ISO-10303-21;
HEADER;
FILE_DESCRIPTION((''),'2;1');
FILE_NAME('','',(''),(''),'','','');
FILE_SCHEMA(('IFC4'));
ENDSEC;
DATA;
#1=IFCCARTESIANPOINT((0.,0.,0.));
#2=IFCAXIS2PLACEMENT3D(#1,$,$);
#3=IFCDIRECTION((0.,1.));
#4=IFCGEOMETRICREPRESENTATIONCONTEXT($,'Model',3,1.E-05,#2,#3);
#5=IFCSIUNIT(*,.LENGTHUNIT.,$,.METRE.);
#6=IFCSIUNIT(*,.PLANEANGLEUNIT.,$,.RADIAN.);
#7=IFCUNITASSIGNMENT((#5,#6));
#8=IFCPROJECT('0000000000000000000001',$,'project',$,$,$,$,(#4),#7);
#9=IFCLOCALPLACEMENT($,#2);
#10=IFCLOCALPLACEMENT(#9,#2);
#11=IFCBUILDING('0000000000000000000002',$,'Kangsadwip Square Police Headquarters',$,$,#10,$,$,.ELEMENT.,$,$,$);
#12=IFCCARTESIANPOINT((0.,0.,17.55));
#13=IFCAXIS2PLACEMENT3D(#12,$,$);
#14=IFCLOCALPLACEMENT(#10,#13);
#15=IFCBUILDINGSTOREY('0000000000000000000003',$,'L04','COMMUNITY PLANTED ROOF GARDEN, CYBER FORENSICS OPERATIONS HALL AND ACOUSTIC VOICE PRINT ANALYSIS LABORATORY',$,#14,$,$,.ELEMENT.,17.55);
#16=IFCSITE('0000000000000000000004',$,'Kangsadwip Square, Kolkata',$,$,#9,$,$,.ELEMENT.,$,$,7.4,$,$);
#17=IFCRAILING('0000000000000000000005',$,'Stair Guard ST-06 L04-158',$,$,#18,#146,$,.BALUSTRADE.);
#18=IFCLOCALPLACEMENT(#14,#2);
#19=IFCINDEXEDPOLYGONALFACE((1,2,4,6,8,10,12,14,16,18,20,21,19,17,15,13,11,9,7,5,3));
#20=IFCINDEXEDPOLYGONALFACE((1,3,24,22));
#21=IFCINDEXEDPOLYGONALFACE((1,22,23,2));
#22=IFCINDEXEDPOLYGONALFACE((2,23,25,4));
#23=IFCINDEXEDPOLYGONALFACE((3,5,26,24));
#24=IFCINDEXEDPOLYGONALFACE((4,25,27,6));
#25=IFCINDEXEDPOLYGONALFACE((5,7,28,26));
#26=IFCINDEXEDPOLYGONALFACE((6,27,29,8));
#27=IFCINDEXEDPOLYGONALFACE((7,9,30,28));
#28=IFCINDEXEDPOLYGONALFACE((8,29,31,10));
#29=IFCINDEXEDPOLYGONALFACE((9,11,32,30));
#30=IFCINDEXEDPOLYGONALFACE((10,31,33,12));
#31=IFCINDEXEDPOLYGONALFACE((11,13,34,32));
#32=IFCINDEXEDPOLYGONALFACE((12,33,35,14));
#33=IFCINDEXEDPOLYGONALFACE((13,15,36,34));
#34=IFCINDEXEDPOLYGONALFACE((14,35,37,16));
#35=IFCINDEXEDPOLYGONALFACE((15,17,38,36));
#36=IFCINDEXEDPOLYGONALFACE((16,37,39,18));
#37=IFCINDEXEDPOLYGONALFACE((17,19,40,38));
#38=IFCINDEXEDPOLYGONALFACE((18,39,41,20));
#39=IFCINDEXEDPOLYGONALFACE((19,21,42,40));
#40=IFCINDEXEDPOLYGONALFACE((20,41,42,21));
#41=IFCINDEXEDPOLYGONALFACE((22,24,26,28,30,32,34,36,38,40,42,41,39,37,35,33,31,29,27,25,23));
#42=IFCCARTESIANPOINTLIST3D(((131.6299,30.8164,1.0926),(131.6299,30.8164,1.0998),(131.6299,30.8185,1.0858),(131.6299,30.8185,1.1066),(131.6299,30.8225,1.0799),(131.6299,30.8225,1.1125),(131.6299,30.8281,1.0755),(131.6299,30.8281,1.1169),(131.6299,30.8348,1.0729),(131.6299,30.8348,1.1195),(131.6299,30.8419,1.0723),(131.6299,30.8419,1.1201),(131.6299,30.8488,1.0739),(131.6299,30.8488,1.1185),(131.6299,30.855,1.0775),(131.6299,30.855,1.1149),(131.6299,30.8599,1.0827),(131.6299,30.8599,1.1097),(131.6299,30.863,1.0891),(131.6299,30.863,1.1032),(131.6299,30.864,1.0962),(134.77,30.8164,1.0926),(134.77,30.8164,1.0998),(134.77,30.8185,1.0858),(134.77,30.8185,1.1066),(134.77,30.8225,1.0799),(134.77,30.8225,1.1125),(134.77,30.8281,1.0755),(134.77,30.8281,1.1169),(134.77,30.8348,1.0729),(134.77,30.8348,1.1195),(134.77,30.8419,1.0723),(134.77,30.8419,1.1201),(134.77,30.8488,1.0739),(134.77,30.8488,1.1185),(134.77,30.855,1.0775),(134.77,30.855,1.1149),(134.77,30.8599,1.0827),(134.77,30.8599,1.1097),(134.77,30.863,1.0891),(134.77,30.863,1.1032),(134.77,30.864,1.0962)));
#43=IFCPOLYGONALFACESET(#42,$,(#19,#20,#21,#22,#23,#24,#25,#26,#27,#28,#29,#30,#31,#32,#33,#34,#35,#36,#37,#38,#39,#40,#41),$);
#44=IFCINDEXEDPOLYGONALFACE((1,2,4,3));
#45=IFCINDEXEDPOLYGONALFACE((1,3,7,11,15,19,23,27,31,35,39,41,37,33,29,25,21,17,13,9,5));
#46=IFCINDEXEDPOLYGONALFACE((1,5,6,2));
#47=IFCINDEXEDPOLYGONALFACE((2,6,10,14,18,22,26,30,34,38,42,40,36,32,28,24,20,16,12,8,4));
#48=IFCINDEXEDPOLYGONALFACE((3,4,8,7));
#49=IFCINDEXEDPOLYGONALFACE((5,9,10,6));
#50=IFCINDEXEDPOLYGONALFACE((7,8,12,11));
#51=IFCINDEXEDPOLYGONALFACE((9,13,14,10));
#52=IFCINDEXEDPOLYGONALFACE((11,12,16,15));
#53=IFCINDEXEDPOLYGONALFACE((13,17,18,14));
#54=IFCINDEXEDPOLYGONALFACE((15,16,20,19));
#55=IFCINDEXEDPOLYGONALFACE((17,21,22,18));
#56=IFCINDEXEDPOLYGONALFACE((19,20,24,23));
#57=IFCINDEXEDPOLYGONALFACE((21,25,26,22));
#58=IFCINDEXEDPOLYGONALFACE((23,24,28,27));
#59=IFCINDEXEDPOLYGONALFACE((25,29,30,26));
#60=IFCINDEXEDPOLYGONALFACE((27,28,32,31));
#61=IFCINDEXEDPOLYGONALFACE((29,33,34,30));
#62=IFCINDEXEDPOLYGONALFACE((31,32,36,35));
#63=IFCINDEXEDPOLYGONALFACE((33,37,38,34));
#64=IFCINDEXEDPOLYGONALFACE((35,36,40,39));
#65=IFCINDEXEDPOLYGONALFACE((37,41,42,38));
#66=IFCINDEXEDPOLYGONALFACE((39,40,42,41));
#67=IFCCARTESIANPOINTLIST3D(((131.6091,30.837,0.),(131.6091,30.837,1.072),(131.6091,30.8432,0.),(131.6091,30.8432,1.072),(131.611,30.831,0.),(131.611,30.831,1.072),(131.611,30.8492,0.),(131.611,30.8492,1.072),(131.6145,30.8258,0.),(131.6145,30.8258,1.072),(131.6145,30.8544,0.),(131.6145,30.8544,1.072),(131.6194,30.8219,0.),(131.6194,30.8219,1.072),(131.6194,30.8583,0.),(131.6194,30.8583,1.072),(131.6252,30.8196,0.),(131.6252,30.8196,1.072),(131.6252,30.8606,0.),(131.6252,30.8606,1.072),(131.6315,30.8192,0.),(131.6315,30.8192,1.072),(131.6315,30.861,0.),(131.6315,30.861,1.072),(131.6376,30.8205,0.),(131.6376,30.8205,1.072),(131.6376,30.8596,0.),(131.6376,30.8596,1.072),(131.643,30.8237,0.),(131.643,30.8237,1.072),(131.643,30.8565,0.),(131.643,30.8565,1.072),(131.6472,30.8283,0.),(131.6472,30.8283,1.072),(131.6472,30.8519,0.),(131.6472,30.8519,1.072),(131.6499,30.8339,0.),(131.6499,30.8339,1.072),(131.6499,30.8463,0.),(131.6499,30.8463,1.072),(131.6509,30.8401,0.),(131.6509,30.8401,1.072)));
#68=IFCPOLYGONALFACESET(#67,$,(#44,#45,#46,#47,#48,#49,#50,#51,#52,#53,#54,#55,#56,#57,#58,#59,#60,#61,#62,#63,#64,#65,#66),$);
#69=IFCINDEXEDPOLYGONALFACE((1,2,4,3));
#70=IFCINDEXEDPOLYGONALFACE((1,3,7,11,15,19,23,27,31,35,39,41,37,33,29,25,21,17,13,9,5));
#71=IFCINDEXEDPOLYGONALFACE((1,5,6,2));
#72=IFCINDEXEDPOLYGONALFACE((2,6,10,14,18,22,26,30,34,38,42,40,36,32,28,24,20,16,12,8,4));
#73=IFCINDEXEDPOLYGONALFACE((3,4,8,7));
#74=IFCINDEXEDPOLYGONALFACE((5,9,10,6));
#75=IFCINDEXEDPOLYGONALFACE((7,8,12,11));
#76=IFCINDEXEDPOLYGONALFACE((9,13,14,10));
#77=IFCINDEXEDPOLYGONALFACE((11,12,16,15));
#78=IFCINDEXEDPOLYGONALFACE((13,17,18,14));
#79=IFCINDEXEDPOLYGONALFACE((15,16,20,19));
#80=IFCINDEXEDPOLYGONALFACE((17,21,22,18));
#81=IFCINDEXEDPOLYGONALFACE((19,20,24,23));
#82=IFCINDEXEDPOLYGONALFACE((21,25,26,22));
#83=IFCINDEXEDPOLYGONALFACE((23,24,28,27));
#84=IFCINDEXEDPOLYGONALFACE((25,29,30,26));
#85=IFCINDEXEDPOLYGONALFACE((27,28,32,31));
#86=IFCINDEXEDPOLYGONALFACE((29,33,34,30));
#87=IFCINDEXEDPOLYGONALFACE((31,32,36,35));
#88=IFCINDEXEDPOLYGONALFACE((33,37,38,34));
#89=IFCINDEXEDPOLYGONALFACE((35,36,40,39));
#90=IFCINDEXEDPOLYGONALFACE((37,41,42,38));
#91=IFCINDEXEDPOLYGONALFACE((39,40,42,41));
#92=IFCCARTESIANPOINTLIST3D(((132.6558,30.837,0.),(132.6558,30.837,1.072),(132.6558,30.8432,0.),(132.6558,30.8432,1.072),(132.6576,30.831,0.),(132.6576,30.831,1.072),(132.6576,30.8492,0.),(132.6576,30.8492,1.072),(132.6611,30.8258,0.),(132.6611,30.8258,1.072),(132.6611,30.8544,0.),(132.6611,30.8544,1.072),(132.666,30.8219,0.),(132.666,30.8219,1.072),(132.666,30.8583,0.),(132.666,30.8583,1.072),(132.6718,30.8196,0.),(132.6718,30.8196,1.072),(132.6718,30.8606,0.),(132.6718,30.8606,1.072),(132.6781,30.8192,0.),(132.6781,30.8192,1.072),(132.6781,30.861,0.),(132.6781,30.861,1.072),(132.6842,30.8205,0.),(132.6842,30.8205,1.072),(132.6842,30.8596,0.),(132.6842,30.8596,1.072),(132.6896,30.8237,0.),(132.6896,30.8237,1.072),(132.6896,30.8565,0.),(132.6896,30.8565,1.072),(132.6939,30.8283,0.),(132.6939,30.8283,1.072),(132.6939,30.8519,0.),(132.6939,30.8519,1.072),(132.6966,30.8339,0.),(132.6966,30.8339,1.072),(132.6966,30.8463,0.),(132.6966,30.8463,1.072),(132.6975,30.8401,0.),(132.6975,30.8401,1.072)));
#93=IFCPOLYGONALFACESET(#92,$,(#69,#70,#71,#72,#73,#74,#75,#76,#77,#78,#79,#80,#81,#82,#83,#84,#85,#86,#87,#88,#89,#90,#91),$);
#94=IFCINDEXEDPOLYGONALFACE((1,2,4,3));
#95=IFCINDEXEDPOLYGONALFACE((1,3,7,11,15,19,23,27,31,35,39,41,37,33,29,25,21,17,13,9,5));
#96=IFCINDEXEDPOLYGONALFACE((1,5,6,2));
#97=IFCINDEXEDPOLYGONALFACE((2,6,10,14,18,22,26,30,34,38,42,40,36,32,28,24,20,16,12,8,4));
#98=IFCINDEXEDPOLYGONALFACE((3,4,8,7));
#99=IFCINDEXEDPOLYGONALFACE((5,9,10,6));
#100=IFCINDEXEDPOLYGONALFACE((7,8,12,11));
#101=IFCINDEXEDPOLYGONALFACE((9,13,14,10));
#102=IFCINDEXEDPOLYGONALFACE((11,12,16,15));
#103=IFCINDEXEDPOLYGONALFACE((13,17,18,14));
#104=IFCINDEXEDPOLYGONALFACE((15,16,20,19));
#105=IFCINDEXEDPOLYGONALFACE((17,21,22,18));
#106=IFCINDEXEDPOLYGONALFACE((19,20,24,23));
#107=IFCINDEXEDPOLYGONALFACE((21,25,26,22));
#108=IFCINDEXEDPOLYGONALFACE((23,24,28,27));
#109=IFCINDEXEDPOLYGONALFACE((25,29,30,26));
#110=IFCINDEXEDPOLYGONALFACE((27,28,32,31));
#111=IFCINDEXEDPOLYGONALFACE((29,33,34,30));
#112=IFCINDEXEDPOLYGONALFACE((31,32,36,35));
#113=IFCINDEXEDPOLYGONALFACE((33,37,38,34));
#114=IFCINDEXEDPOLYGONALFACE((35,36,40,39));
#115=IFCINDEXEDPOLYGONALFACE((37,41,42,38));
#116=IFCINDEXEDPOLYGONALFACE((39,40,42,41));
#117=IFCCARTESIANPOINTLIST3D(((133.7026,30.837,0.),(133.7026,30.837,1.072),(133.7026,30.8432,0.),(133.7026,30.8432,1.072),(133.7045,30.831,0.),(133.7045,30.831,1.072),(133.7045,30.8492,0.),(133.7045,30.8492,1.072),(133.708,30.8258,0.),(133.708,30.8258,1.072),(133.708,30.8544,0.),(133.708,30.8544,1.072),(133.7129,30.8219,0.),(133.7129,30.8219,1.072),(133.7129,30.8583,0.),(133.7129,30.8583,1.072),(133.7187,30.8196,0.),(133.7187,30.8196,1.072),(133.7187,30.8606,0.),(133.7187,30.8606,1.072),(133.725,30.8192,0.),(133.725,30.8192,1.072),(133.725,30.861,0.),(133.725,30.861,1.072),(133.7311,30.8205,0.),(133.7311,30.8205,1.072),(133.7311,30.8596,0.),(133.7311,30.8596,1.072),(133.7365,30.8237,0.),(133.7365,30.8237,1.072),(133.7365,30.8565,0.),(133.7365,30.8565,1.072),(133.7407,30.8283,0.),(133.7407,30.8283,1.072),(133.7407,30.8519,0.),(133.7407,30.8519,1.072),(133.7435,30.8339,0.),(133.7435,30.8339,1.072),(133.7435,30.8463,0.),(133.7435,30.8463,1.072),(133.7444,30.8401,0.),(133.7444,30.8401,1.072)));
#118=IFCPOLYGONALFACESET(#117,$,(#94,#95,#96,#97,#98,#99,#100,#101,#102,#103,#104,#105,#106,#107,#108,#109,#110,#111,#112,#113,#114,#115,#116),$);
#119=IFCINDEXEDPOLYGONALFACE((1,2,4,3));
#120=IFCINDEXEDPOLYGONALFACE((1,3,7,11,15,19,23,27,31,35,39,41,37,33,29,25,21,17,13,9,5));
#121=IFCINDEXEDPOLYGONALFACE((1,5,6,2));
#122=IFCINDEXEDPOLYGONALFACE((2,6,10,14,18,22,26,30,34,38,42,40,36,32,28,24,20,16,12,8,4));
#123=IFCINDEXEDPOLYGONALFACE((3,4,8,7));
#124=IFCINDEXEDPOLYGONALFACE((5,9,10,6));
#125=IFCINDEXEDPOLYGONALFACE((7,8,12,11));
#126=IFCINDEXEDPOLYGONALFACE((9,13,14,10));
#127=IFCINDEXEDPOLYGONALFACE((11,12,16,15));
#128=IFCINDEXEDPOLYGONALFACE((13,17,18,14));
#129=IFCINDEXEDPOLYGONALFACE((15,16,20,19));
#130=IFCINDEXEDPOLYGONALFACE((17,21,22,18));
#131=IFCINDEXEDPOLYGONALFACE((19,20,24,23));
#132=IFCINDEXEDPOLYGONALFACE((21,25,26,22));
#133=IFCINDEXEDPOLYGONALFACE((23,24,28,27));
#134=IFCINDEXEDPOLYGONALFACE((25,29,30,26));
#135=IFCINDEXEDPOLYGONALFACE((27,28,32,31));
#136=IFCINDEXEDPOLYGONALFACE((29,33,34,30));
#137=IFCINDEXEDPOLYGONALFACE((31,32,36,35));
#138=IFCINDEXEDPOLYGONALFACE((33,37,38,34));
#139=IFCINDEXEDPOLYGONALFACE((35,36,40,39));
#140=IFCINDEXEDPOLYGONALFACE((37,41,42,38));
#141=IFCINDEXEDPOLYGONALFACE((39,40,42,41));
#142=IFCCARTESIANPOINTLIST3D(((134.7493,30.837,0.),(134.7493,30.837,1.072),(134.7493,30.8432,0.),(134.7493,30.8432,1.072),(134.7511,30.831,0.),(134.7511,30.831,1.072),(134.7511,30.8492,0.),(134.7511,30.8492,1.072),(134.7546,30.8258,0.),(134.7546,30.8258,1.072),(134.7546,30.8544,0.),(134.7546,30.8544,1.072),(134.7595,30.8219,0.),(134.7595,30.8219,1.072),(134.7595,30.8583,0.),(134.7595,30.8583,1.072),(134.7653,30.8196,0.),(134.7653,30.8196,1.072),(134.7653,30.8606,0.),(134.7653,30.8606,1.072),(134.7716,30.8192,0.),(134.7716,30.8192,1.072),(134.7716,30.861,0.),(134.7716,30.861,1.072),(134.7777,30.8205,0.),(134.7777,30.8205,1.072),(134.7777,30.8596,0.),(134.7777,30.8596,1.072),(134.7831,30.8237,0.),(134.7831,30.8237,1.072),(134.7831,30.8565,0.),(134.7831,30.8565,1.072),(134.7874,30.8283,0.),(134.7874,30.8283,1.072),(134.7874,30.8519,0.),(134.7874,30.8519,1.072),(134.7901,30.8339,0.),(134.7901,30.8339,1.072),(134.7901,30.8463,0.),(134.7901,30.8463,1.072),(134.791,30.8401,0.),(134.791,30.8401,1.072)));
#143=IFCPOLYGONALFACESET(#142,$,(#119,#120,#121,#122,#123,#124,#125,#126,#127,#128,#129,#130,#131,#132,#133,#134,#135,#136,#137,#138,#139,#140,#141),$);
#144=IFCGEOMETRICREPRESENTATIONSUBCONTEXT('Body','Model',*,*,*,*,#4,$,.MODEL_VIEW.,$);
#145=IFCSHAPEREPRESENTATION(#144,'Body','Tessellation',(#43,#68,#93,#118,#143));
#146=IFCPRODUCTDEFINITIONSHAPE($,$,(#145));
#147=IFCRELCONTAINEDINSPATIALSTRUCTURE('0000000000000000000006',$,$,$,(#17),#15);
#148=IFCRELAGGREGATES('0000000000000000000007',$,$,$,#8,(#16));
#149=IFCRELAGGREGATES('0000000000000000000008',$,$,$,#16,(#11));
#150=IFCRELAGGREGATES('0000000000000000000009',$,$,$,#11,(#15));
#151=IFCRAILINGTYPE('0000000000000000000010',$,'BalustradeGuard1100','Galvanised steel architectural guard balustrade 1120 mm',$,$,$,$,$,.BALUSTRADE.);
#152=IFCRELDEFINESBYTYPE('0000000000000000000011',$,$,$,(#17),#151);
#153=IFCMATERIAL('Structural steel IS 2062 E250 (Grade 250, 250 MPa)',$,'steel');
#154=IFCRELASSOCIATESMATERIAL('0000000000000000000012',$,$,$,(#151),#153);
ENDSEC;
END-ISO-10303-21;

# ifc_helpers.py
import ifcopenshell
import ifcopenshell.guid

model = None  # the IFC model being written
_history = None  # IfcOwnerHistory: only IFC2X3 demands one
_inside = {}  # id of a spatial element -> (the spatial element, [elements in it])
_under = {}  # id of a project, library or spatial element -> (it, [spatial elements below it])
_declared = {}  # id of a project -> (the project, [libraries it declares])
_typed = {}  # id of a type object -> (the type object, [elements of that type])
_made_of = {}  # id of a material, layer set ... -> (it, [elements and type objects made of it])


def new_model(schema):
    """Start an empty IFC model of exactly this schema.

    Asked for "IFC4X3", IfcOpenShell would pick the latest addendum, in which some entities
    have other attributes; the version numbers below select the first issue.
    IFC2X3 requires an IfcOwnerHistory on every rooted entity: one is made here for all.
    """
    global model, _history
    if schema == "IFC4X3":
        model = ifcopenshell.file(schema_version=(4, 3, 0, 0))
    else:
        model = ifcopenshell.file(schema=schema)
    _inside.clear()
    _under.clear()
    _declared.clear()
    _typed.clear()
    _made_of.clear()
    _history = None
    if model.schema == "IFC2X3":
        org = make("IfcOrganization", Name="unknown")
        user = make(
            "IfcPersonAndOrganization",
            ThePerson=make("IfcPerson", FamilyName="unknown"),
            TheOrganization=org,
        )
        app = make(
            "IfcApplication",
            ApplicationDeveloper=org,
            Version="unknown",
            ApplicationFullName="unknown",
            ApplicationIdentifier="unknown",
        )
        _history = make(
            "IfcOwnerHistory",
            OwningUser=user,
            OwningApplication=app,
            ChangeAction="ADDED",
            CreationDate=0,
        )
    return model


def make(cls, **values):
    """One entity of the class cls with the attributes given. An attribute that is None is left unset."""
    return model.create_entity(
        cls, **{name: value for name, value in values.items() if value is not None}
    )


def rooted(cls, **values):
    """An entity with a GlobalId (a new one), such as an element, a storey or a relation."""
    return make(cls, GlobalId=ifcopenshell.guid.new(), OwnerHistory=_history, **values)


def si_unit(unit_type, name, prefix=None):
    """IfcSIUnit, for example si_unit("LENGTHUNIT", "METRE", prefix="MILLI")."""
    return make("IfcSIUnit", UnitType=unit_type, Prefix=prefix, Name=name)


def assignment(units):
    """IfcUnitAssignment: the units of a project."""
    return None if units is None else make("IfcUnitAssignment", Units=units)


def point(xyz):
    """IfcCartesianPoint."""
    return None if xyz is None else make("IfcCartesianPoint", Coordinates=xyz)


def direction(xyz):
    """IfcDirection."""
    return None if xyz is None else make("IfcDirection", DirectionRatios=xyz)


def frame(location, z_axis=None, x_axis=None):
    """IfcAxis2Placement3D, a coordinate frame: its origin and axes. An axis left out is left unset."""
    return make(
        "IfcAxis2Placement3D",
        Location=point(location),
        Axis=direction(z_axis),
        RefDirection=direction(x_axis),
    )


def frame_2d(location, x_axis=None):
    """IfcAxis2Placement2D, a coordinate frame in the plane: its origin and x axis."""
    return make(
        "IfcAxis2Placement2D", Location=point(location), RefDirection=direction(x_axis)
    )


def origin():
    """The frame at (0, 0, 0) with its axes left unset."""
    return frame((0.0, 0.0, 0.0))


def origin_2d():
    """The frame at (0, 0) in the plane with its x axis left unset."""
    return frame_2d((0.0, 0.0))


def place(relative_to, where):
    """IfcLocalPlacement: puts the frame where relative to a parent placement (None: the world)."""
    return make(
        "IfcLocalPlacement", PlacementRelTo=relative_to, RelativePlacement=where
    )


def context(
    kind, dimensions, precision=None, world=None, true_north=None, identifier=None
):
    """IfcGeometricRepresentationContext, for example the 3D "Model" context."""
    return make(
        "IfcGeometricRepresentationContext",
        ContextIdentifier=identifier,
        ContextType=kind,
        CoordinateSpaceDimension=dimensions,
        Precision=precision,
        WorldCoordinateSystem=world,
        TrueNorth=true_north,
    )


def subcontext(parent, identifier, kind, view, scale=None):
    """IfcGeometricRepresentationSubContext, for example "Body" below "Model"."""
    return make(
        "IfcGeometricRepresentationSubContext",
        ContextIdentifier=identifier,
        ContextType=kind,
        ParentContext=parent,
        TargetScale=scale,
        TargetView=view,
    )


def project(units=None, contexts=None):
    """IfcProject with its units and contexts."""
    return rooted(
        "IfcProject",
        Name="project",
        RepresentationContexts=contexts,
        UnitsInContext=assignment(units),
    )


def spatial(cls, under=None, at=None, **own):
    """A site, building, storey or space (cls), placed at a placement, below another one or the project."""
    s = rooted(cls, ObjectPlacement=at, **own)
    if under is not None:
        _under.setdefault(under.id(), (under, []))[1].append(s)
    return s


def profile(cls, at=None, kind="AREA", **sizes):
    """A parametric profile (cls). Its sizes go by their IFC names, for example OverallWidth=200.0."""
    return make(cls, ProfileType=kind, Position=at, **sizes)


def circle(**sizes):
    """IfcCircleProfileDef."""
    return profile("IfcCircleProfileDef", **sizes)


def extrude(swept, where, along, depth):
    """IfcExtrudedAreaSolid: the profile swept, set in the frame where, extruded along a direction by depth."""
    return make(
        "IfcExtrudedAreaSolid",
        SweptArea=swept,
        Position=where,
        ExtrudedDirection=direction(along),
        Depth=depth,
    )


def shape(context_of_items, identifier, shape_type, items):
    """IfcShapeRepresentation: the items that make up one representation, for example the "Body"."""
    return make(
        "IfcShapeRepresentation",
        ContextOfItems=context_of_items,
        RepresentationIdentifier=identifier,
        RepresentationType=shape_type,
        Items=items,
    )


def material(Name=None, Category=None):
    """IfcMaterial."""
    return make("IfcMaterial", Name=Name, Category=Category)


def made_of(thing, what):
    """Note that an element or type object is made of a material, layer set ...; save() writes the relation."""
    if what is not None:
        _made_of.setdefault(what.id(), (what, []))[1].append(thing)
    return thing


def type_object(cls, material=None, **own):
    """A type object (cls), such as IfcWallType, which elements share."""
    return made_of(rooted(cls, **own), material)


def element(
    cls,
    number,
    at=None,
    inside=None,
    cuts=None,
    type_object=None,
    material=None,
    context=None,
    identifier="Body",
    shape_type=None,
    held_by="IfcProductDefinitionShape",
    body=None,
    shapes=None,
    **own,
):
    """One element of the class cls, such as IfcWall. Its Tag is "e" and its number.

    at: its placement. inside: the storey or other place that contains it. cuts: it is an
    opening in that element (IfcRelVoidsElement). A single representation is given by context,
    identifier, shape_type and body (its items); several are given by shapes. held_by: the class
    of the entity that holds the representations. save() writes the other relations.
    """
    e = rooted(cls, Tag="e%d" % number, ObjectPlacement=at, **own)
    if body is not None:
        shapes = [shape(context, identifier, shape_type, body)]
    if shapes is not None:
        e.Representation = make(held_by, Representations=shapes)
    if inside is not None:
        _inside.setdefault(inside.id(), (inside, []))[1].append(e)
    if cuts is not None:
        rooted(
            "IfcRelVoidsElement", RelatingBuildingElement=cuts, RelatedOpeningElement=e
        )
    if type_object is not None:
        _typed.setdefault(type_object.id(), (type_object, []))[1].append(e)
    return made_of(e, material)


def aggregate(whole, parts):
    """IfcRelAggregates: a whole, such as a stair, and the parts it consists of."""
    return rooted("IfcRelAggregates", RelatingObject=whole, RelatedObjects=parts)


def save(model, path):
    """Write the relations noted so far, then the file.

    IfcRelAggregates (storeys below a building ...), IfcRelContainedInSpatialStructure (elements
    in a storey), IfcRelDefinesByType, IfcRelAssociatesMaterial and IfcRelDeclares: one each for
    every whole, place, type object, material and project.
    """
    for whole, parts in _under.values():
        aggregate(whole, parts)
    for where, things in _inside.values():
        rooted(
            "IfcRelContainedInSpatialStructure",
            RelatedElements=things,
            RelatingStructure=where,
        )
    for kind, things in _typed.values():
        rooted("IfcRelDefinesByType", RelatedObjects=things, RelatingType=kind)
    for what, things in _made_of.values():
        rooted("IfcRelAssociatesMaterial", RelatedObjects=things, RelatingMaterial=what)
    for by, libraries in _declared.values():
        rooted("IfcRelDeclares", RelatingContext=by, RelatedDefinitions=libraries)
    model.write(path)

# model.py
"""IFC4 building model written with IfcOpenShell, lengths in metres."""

from ifc_helpers import new_model, si_unit, direction, frame, origin, origin_2d, place, context, subcontext, project, spatial, circle, extrude, material, type_object, element, save


model = new_model("IFC4")

# Units and contexts
model_context = context("Model", 3, precision=1e-05, world=origin(), true_north=direction((0.0, 1.0)))
body_context = subcontext(model_context, "Body", "Model", "MODEL_VIEW")
ifc_project = project(units=[si_unit("LENGTHUNIT", "METRE"), si_unit("PLANEANGLEUNIT", "RADIAN")], contexts=[model_context])

# Site, building, storey
site_placement = place(None, origin())
site = spatial("IfcSite", under=ifc_project, at=site_placement, Name="Kangsadwip Square, Kolkata", CompositionType="ELEMENT", RefElevation=7.4)
building_placement = place(site_placement, origin())
building = spatial("IfcBuilding", under=site, at=building_placement, Name="Kangsadwip Square Police Headquarters", CompositionType="ELEMENT")
storey_placement = place(building_placement, frame((0.0, 0.0, 17.55)))
storey = spatial("IfcBuildingStorey", under=building, at=storey_placement, Name="L04", Description="COMMUNITY PLANTED ROOF GARDEN, CYBER FORENSICS OPERATIONS HALL AND ACOUSTIC VOICE PRINT ANALYSIS LABORATORY", CompositionType="ELEMENT", Elevation=17.55)

# Railing
ifc_material_1 = material(Name="Structural steel IS 2062 E250 (Grade 250, 250 MPa)", Category="steel")
railing_type_1 = type_object("IfcRailingType", Name="BalustradeGuard1100", Description="Galvanised steel architectural guard balustrade 1120 mm", PredefinedType="BALUSTRADE", material=ifc_material_1)
for number, where, name in (
    (1, (131.6299, 30.8401, 0.0), "Stair Guard ST-06 L04-158"),
):
    element("IfcRailing", number, at=place(storey_placement, frame(where)), inside=storey, type_object=railing_type_1, Name=name, PredefinedType="BALUSTRADE", context=body_context, shape_type="SweptSolid", body=[
        extrude(circle(Radius=0.0239, at=origin_2d()), frame((0.0, 0.0, 1.0962), z_axis=(1.0, 0.0, 0.0), x_axis=(0.0, 1.0, 0.0)), (0.0, 0.0, 1.0), 3.1401),
        extrude(circle(Radius=0.021, at=origin_2d()), origin(), (0.0, 0.0, 1.0), 1.072),
        extrude(circle(Radius=0.021, at=origin_2d()), frame((1.0466, 0.0, 0.0)), (0.0, 0.0, 1.0), 1.072),
        extrude(circle(Radius=0.021, at=origin_2d()), frame((2.0935, 0.0, 0.0)), (0.0, 0.0, 1.0), 1.072),
        extrude(circle(Radius=0.021, at=origin_2d()), frame((3.1401, 0.0, 0.0)), (0.0, 0.0, 1.0), 1.072),
    ])

save(model, "model.ifc")
